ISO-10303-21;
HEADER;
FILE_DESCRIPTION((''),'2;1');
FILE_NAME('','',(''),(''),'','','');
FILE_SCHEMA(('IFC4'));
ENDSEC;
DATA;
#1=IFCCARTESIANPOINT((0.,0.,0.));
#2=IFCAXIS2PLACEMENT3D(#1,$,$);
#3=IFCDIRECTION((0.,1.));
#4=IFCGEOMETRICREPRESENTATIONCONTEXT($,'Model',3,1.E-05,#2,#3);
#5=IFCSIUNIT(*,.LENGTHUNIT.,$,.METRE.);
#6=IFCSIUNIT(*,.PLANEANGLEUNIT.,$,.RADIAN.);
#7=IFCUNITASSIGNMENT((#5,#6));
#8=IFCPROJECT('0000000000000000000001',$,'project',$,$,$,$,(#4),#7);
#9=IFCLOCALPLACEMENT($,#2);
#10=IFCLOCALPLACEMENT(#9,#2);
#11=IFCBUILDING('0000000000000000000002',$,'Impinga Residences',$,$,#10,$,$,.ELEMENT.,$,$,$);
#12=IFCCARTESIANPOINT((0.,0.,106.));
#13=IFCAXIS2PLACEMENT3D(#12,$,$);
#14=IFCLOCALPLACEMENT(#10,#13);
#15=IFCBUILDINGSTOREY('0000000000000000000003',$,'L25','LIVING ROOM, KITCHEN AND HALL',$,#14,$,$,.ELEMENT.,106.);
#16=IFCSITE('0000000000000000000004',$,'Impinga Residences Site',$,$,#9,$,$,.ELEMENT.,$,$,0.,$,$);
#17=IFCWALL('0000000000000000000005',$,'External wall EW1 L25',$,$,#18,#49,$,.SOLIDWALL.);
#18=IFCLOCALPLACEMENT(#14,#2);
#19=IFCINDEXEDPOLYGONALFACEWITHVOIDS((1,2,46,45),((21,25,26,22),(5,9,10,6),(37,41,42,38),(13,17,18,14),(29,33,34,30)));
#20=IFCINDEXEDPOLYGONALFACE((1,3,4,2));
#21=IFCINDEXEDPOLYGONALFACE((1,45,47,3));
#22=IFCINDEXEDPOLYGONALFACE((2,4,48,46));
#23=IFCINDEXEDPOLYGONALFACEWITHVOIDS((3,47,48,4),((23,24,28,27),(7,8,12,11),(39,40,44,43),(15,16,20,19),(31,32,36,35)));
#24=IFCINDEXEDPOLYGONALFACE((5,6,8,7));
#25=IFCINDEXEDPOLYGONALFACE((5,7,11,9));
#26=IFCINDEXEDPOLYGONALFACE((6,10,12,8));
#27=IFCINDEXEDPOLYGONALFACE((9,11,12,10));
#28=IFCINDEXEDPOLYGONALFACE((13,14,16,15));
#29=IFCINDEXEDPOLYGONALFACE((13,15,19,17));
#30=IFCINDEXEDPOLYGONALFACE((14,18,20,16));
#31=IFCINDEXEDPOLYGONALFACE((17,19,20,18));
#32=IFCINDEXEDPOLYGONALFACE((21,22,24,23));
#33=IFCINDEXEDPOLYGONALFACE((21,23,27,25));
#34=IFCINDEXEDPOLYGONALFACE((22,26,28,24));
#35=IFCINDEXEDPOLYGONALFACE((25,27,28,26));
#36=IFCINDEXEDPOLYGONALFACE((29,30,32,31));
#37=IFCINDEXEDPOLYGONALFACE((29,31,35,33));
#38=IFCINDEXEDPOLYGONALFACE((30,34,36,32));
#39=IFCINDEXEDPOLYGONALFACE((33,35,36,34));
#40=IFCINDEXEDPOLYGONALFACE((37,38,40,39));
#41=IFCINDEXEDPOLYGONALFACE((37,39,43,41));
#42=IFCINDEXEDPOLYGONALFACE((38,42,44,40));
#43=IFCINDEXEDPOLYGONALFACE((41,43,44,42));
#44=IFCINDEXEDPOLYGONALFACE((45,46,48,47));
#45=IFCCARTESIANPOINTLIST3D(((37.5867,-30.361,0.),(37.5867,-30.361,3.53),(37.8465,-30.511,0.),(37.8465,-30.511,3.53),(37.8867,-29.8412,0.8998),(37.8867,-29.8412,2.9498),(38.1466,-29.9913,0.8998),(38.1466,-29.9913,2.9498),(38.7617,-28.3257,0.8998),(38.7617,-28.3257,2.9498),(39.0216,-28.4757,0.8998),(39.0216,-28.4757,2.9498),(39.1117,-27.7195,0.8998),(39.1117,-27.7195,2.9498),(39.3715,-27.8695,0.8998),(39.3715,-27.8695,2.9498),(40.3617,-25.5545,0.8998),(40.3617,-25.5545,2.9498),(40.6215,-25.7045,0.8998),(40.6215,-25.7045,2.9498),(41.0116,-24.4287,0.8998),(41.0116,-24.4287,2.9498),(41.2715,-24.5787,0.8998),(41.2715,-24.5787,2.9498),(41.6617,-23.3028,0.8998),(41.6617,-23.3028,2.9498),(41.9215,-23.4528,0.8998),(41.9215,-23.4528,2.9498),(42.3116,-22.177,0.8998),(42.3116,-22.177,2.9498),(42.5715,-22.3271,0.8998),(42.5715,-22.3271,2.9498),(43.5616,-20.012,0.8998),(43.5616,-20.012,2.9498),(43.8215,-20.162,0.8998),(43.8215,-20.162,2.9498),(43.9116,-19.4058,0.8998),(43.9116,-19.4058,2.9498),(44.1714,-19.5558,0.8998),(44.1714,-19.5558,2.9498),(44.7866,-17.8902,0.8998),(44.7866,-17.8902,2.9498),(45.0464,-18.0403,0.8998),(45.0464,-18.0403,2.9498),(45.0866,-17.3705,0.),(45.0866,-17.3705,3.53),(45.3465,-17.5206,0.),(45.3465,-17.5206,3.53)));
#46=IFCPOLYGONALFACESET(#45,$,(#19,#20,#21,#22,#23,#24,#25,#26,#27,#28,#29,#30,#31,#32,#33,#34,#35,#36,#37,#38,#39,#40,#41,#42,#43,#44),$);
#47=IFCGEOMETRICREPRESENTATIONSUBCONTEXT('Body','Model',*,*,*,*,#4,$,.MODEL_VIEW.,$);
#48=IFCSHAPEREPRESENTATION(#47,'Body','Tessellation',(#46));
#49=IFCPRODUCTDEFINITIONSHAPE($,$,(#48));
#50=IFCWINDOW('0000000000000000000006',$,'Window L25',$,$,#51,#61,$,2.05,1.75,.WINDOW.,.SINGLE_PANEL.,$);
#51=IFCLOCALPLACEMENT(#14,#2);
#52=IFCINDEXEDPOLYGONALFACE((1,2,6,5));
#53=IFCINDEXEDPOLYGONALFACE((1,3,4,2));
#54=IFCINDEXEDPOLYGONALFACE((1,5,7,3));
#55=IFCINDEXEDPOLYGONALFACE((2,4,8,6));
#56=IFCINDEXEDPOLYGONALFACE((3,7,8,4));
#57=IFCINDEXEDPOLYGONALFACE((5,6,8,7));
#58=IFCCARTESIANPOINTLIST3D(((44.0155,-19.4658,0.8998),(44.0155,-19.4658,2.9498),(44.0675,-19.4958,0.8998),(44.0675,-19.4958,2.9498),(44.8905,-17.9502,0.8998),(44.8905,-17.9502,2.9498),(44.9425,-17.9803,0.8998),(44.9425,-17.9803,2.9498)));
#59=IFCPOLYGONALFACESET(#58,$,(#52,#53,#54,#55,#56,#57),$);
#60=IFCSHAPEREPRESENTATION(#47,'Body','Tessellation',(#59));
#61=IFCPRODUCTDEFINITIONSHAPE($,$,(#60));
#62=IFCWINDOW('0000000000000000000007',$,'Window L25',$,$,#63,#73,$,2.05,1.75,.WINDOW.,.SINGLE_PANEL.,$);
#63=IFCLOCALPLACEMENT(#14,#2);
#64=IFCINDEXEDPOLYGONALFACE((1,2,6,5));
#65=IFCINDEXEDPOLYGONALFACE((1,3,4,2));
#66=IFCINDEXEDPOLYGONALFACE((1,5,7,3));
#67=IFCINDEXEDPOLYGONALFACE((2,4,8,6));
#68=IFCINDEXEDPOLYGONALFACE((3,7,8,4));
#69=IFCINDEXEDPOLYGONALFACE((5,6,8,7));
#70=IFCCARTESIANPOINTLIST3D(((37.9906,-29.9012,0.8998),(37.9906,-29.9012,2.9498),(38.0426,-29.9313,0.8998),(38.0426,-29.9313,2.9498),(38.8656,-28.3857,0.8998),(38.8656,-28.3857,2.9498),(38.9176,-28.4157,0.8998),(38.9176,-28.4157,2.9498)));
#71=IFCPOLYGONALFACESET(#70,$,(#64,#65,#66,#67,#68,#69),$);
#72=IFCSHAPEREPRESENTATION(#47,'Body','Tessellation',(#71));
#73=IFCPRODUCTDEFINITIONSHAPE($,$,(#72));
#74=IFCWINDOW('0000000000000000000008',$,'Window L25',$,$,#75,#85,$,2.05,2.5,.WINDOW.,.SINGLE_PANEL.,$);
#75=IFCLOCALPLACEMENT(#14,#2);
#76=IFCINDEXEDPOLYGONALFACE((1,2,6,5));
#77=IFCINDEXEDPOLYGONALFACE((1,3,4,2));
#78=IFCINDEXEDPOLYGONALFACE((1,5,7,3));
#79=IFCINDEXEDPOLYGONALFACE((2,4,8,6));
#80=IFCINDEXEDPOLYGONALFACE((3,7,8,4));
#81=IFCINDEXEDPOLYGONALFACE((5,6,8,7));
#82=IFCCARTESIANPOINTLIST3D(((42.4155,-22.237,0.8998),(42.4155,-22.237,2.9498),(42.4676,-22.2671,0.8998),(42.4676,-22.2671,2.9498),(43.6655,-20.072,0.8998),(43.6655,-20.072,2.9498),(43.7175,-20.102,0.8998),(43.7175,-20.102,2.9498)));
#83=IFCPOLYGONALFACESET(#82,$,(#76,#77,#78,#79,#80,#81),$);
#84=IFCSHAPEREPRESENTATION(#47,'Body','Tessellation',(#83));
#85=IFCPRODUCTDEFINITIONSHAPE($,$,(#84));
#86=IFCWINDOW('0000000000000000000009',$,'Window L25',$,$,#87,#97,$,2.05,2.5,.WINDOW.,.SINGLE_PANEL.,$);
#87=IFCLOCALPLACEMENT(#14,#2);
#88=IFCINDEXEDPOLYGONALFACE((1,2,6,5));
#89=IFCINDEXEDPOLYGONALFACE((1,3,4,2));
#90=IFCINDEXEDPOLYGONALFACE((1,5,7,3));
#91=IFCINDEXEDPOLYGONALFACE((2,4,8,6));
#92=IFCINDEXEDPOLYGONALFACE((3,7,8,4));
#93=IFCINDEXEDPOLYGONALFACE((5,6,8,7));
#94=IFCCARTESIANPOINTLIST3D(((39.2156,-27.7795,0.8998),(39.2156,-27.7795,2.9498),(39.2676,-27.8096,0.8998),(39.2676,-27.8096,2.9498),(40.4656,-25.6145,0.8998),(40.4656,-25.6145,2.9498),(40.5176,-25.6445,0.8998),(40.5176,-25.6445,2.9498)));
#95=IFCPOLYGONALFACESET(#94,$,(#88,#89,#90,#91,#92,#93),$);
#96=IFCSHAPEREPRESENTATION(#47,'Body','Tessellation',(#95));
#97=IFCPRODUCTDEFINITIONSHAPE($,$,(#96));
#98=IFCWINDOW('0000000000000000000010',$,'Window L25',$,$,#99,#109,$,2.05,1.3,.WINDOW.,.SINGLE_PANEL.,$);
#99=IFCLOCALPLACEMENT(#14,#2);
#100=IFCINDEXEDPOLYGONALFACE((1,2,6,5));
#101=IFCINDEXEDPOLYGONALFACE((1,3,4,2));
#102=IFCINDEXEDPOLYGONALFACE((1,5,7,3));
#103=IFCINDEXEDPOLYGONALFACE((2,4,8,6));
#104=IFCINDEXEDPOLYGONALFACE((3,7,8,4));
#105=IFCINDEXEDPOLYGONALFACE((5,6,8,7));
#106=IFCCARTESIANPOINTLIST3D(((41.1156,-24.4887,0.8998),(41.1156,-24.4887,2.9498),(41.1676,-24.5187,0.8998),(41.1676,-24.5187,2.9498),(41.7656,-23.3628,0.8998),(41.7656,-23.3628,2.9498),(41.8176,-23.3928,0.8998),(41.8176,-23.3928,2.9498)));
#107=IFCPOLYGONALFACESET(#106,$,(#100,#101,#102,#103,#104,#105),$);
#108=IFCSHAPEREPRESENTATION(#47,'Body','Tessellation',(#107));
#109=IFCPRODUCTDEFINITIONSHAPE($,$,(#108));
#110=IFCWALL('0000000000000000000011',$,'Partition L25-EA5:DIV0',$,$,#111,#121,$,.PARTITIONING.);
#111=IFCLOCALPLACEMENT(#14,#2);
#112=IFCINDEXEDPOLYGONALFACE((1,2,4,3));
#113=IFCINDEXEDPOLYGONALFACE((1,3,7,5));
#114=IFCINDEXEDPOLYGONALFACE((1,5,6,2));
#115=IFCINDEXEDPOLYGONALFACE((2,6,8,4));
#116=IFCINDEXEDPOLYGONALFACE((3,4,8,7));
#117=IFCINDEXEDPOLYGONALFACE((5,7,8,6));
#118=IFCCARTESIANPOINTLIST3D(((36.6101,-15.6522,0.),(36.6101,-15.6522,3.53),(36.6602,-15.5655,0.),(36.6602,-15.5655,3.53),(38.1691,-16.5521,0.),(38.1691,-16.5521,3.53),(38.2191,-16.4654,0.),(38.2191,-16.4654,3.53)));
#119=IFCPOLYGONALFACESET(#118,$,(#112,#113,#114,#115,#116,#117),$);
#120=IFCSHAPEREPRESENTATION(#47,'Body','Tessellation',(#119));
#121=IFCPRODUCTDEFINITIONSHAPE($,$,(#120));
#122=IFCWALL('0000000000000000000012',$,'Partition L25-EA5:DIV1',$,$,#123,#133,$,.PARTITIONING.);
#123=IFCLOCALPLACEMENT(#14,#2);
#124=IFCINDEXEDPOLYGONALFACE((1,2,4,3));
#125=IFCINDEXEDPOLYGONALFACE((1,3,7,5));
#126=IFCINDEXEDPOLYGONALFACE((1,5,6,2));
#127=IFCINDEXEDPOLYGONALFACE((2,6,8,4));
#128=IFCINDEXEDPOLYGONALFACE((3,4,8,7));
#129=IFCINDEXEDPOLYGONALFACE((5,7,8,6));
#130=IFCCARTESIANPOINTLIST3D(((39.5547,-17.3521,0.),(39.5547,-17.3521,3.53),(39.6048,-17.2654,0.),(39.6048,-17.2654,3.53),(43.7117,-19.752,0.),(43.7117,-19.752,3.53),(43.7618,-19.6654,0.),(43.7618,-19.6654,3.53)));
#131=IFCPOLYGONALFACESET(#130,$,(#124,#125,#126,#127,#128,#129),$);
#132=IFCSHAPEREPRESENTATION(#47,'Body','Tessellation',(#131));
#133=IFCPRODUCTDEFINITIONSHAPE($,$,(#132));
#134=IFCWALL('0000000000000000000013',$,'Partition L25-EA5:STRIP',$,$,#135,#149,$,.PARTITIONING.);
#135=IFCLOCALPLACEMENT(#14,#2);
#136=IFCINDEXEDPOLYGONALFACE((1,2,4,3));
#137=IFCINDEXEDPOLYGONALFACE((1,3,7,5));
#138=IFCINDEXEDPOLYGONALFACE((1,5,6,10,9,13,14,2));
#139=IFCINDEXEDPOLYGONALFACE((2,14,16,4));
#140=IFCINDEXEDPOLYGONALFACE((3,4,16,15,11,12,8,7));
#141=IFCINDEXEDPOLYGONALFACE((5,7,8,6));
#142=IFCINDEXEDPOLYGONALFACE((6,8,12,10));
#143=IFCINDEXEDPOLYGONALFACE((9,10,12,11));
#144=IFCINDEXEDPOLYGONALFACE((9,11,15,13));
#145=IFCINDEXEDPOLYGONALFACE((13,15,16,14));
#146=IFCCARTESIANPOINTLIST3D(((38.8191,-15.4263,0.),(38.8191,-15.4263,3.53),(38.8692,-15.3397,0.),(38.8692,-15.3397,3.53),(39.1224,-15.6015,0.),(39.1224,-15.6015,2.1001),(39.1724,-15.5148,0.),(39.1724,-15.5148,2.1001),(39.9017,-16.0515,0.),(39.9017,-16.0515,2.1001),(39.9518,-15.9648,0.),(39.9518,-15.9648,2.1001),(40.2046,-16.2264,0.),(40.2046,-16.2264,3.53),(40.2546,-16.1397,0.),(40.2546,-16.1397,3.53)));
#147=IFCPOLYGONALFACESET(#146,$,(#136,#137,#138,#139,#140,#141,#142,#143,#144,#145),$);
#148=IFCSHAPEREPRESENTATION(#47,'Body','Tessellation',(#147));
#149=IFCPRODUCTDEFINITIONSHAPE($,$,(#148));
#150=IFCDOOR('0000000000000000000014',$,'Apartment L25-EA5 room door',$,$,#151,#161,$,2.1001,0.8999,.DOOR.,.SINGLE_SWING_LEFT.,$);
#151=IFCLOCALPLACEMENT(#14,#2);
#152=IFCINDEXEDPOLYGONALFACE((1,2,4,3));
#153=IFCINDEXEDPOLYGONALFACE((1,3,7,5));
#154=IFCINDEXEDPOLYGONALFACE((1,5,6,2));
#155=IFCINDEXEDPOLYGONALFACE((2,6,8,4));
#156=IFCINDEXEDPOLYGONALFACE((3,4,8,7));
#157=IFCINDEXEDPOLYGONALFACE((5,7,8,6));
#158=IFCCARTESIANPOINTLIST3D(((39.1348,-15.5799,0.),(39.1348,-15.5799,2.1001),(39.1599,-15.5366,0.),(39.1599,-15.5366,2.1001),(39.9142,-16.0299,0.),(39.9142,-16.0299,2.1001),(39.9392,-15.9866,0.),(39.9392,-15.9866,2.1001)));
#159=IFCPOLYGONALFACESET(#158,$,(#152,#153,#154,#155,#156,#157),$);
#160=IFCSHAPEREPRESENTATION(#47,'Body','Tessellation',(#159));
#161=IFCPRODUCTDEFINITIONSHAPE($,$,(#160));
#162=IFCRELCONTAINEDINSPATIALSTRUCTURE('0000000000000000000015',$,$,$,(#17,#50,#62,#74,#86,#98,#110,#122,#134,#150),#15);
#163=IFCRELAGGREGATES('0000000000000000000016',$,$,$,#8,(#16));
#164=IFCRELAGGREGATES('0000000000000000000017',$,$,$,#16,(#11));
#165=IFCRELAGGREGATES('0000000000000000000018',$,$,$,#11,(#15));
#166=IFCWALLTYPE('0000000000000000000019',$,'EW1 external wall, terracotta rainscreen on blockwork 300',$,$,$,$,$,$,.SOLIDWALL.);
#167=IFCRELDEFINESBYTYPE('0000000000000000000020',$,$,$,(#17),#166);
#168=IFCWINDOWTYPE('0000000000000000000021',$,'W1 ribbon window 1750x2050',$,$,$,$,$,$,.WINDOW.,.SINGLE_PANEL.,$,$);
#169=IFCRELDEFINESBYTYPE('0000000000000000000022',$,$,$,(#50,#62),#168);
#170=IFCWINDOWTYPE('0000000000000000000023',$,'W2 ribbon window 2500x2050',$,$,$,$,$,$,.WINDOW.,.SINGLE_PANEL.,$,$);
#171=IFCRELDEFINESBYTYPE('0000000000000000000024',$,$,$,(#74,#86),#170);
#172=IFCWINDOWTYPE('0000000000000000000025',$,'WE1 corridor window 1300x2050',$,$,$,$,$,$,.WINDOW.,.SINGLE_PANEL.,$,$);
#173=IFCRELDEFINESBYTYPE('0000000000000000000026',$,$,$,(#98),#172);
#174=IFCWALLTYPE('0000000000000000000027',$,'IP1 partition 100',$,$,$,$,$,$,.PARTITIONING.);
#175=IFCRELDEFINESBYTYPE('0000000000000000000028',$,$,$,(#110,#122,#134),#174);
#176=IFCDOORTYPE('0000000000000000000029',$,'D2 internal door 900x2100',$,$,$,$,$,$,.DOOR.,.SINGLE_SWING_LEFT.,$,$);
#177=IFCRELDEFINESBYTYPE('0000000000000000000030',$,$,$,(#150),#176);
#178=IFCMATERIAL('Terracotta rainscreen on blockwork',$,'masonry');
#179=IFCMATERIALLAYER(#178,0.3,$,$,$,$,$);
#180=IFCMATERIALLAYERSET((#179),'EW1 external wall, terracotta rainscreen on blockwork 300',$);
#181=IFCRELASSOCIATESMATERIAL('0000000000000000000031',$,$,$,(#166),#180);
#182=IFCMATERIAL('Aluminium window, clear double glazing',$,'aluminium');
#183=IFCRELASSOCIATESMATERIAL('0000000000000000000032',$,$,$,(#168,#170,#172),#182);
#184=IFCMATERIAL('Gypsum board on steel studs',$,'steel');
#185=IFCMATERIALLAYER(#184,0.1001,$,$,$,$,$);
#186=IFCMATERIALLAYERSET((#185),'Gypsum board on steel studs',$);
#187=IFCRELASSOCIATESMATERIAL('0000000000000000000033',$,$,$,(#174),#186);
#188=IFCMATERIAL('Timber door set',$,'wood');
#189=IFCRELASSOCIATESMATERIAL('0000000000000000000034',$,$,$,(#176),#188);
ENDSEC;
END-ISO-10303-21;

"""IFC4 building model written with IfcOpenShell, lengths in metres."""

from ifc_helpers import new_model, si_unit, direction, frame, frame_2d, origin, place, context, subcontext, project, spatial, rectangle, extrude, material, layer, layer_set, type_object, element, fill, save


model = new_model("IFC4")

# Units and contexts
model_context = context("Model", 3, precision=1e-05, world=origin(), true_north=direction((0.0, 1.0)))
body_context = subcontext(model_context, "Body", "Model", "MODEL_VIEW")
ifc_project = project(units=[si_unit("LENGTHUNIT", "METRE"), si_unit("PLANEANGLEUNIT", "RADIAN")], contexts=[model_context])

# Site, building, storey
site_placement = place(None, origin())
site = spatial("IfcSite", under=ifc_project, at=site_placement, Name="Impinga Residences Site", CompositionType="ELEMENT", RefElevation=0.0)
building_placement = place(site_placement, origin())
building = spatial("IfcBuilding", under=site, at=building_placement, Name="Impinga Residences", CompositionType="ELEMENT")
storey_placement = place(building_placement, frame((0.0, 0.0, 106.0)))
storey = spatial("IfcBuildingStorey", under=building, at=storey_placement, Name="L25", Description="LIVING ROOM, KITCHEN AND HALL", CompositionType="ELEMENT", Elevation=106.0)

# Shared definitions
ifc_material_1 = material(Name="Terracotta rainscreen on blockwork", Category="masonry")
ifc_layer_1 = layer(ifc_material_1, 0.3)
ifc_layer_set_1 = layer_set([ifc_layer_1], Name="EW1 external wall, terracotta rainscreen on blockwork 300")
wall_type_1 = type_object("IfcWallType", Name="EW1 external wall, terracotta rainscreen on blockwork 300", PredefinedType="SOLIDWALL", material=ifc_layer_set_1)

# Wall, openings, windows
wall_1_placement = place(storey_placement, frame((45.2166, -17.4456, 0.0), z_axis=(0.0, 0.0, 1.0), x_axis=(-0.499997, -0.866027, 0.0)))
wall_1 = element("IfcWall", 1, at=wall_1_placement, inside=storey, type_object=wall_type_1, Name="External wall EW1 L25", PredefinedType="SOLIDWALL", context=body_context, shape_type="SweptSolid", body=[
    extrude(rectangle(XDim=15.0, YDim=0.3, at=frame_2d((7.5, 0.0))), origin(), (0.0, 0.0, 1.0), 3.53),
])
opening_1_placement = place(wall_1_placement, frame((0.6001, 0.0, 0.8999)))
opening_1 = element("IfcOpeningElement", 2, at=opening_1_placement, cuts=wall_1, PredefinedType="OPENING", context=body_context, shape_type="SweptSolid", body=[
    extrude(rectangle(XDim=1.75, YDim=2.05, at=frame_2d((0.875, 1.0249))), frame((0.0, 0.1599, 0.0), z_axis=(0.0, -1.0, 0.0), x_axis=(1.0, 0.0, 0.0)), (0.0, 0.0, 1.0), 0.3201),
])
opening_2_placement = place(wall_1_placement, frame((3.05, 0.0, 0.8999)))
opening_2 = element("IfcOpeningElement", 3, at=opening_2_placement, cuts=wall_1, PredefinedType="OPENING", context=body_context, shape_type="SweptSolid", body=[
    extrude(rectangle(XDim=2.5, YDim=2.05, at=frame_2d((1.25, 1.0249))), frame((0.0, 0.1599, 0.0), z_axis=(0.0, -1.0, 0.0), x_axis=(1.0, 0.0, 0.0)), (0.0, 0.0, 1.0), 0.3201),
])
opening_3_placement = place(wall_1_placement, frame((6.8501, 0.0, 0.8999)))
opening_3 = element("IfcOpeningElement", 4, at=opening_3_placement, cuts=wall_1, PredefinedType="OPENING", context=body_context, shape_type="SweptSolid", body=[
    extrude(rectangle(XDim=1.3, YDim=2.05, at=frame_2d((0.6499, 1.0249))), frame((0.0, 0.1599, 0.0), z_axis=(0.0, -1.0, 0.0), x_axis=(1.0, 0.0, 0.0)), (0.0, 0.0, 1.0), 0.3201),
])
opening_4_placement = place(wall_1_placement, frame((9.45, 0.0, 0.8999)))
opening_4 = element("IfcOpeningElement", 5, at=opening_4_placement, cuts=wall_1, PredefinedType="OPENING", context=body_context, shape_type="SweptSolid", body=[
    extrude(rectangle(XDim=2.5, YDim=2.05, at=frame_2d((1.25, 1.0249))), frame((0.0, 0.1599, 0.0), z_axis=(0.0, -1.0, 0.0), x_axis=(1.0, 0.0, 0.0)), (0.0, 0.0, 1.0), 0.3201),
])
opening_5_placement = place(wall_1_placement, frame((12.6499, 0.0, 0.8999)))
opening_5 = element("IfcOpeningElement", 6, at=opening_5_placement, cuts=wall_1, PredefinedType="OPENING", context=body_context, shape_type="SweptSolid", body=[
    extrude(rectangle(XDim=1.75, YDim=2.05, at=frame_2d((0.875, 1.0249))), frame((0.0, 0.1599, 0.0), z_axis=(0.0, -1.0, 0.0), x_axis=(1.0, 0.0, 0.0)), (0.0, 0.0, 1.0), 0.3201),
])
ifc_material_2 = material(Name="Aluminium window, clear double glazing", Category="aluminium")
window_type_1 = type_object("IfcWindowType", Name="W1 ribbon window 1750x2050", PartitioningType="SINGLE_PANEL", PredefinedType="WINDOW", material=ifc_material_2)
window_1_placement = place(opening_1_placement, origin())
window_1 = element("IfcWindow", 7, at=window_1_placement, inside=storey, type_object=window_type_1, Name="Window L25", OverallHeight=2.05, OverallWidth=1.75, PartitioningType="SINGLE_PANEL", PredefinedType="WINDOW", context=body_context, shape_type="SweptSolid", body=[
    extrude(rectangle(XDim=1.75, YDim=2.05, at=frame_2d((0.875, 1.0249))), frame((0.0, 0.03, 0.0), z_axis=(0.0, -1.0, 0.0), x_axis=(1.0, 0.0, 0.0)), (0.0, 0.0, 1.0), 0.0601),
])
fill(opening_1, window_1)
window_2_placement = place(opening_5_placement, origin())
window_2 = element("IfcWindow", 8, at=window_2_placement, inside=storey, type_object=window_type_1, Name="Window L25", OverallHeight=2.05, OverallWidth=1.75, PartitioningType="SINGLE_PANEL", PredefinedType="WINDOW", context=body_context, shape_type="SweptSolid", body=[
    extrude(rectangle(XDim=1.75, YDim=2.05, at=frame_2d((0.875, 1.0249))), frame((0.0, 0.03, 0.0), z_axis=(0.0, -1.0, 0.0), x_axis=(1.0, 0.0, 0.0)), (0.0, 0.0, 1.0), 0.0601),
])
fill(opening_5, window_2)
window_type_2 = type_object("IfcWindowType", Name="W2 ribbon window 2500x2050", PartitioningType="SINGLE_PANEL", PredefinedType="WINDOW", material=ifc_material_2)
window_3_placement = place(opening_2_placement, origin())
window_3 = element("IfcWindow", 9, at=window_3_placement, inside=storey, type_object=window_type_2, Name="Window L25", OverallHeight=2.05, OverallWidth=2.5, PartitioningType="SINGLE_PANEL", PredefinedType="WINDOW", context=body_context, shape_type="SweptSolid", body=[
    extrude(rectangle(XDim=2.5, YDim=2.05, at=frame_2d((1.25, 1.0249))), frame((0.0, 0.03, 0.0), z_axis=(0.0, -1.0, 0.0), x_axis=(1.0, 0.0, 0.0)), (0.0, 0.0, 1.0), 0.0601),
])
fill(opening_2, window_3)
window_4_placement = place(opening_4_placement, origin())
window_4 = element("IfcWindow", 10, at=window_4_placement, inside=storey, type_object=window_type_2, Name="Window L25", OverallHeight=2.05, OverallWidth=2.5, PartitioningType="SINGLE_PANEL", PredefinedType="WINDOW", context=body_context, shape_type="SweptSolid", body=[
    extrude(rectangle(XDim=2.5, YDim=2.05, at=frame_2d((1.25, 1.0249))), frame((0.0, 0.03, 0.0), z_axis=(0.0, -1.0, 0.0), x_axis=(1.0, 0.0, 0.0)), (0.0, 0.0, 1.0), 0.0601),
])
fill(opening_4, window_4)
window_type_3 = type_object("IfcWindowType", Name="WE1 corridor window 1300x2050", PartitioningType="SINGLE_PANEL", PredefinedType="WINDOW", material=ifc_material_2)
window_5_placement = place(opening_3_placement, origin())
window_5 = element("IfcWindow", 11, at=window_5_placement, inside=storey, type_object=window_type_3, Name="Window L25", OverallHeight=2.05, OverallWidth=1.3, PartitioningType="SINGLE_PANEL", PredefinedType="WINDOW", context=body_context, shape_type="SweptSolid", body=[
    extrude(rectangle(XDim=1.3, YDim=2.05, at=frame_2d((0.6499, 1.0249))), frame((0.0, 0.03, 0.0), z_axis=(0.0, -1.0, 0.0), x_axis=(1.0, 0.0, 0.0)), (0.0, 0.0, 1.0), 0.0601),
])
fill(opening_3, window_5)

# Walls
ifc_material_3 = material(Name="Gypsum board on steel studs", Category="steel")
ifc_layer_2 = layer(ifc_material_3, 0.1001)
ifc_layer_set_2 = layer_set([ifc_layer_2], Name="Gypsum board on steel studs")
wall_type_2 = type_object("IfcWallType", Name="IP1 partition 100", PredefinedType="PARTITIONING", material=ifc_layer_set_2)
wall_2_placement = place(storey_placement, frame((36.6353, -15.6089, 0.0), z_axis=(0.0, 0.0, 1.0), x_axis=(0.866048, -0.499961, 0.0)))
element("IfcWall", 12, at=wall_2_placement, inside=storey, type_object=wall_type_2, Name="Partition L25-EA5:DIV0", PredefinedType="PARTITIONING", context=body_context, shape_type="SweptSolid", body=[
    extrude(rectangle(XDim=1.8, YDim=0.1001, at=frame_2d((0.8999, 0.0))), origin(), (0.0, 0.0, 1.0), 3.53),
])
wall_3_placement = place(storey_placement, frame((39.5798, -17.3088, 0.0), z_axis=(0.0, 0.0, 1.0), x_axis=(0.866037, -0.499979, 0.0)))
element("IfcWall", 13, at=wall_3_placement, inside=storey, type_object=wall_type_2, Name="Partition L25-EA5:DIV1", PredefinedType="PARTITIONING", context=body_context, shape_type="SweptSolid", body=[
    extrude(rectangle(XDim=4.8, YDim=0.1001, at=frame_2d((2.3999, 0.0))), origin(), (0.0, 0.0, 1.0), 3.53),
])

# Wall, opening, door
wall_4_placement = place(storey_placement, frame((38.8442, -15.3831, 0.0), z_axis=(0.0, 0.0, 1.0), x_axis=(0.86599, -0.500061, 0.0)))
wall_4 = element("IfcWall", 14, at=wall_4_placement, inside=storey, type_object=wall_type_2, Name="Partition L25-EA5:STRIP", PredefinedType="PARTITIONING", context=body_context, shape_type="SweptSolid", body=[
    extrude(rectangle(XDim=1.5999, YDim=0.1001, at=frame_2d((0.7998, 0.0))), origin(), (0.0, 0.0, 1.0), 3.53),
])
opening_6_placement = place(wall_4_placement, frame((0.3501, 0.0, 0.0)))
opening_6 = element("IfcOpeningElement", 15, at=opening_6_placement, cuts=wall_4, PredefinedType="OPENING", context=body_context, shape_type="SweptSolid", body=[
    extrude(rectangle(XDim=0.8999, YDim=2.1001, at=frame_2d((0.45, 1.05))), frame((0.0, 0.0601, 0.0), z_axis=(0.0, -1.0, 0.0), x_axis=(1.0, 0.0, 0.0)), (0.0, 0.0, 1.0), 0.1201),
])
ifc_material_4 = material(Name="Timber door set", Category="wood")
door_type = type_object("IfcDoorType", Name="D2 internal door 900x2100", OperationType="SINGLE_SWING_LEFT", PredefinedType="DOOR", material=ifc_material_4)
door_placement = place(opening_6_placement, origin())
door = element("IfcDoor", 16, at=door_placement, inside=storey, type_object=door_type, Name="Apartment L25-EA5 room door", OperationType="SINGLE_SWING_LEFT", OverallHeight=2.1001, OverallWidth=0.8999, PredefinedType="DOOR", context=body_context, shape_type="SweptSolid", body=[
    extrude(rectangle(XDim=0.8999, YDim=2.1001, at=frame_2d((0.45, 1.05))), frame((0.0, 0.0249, 0.0), z_axis=(0.0, -1.0, 0.0), x_axis=(1.0, 0.0, 0.0)), (0.0, 0.0, 1.0), 0.05),
])
fill(opening_6, door)

save(model, "model.ifc")
